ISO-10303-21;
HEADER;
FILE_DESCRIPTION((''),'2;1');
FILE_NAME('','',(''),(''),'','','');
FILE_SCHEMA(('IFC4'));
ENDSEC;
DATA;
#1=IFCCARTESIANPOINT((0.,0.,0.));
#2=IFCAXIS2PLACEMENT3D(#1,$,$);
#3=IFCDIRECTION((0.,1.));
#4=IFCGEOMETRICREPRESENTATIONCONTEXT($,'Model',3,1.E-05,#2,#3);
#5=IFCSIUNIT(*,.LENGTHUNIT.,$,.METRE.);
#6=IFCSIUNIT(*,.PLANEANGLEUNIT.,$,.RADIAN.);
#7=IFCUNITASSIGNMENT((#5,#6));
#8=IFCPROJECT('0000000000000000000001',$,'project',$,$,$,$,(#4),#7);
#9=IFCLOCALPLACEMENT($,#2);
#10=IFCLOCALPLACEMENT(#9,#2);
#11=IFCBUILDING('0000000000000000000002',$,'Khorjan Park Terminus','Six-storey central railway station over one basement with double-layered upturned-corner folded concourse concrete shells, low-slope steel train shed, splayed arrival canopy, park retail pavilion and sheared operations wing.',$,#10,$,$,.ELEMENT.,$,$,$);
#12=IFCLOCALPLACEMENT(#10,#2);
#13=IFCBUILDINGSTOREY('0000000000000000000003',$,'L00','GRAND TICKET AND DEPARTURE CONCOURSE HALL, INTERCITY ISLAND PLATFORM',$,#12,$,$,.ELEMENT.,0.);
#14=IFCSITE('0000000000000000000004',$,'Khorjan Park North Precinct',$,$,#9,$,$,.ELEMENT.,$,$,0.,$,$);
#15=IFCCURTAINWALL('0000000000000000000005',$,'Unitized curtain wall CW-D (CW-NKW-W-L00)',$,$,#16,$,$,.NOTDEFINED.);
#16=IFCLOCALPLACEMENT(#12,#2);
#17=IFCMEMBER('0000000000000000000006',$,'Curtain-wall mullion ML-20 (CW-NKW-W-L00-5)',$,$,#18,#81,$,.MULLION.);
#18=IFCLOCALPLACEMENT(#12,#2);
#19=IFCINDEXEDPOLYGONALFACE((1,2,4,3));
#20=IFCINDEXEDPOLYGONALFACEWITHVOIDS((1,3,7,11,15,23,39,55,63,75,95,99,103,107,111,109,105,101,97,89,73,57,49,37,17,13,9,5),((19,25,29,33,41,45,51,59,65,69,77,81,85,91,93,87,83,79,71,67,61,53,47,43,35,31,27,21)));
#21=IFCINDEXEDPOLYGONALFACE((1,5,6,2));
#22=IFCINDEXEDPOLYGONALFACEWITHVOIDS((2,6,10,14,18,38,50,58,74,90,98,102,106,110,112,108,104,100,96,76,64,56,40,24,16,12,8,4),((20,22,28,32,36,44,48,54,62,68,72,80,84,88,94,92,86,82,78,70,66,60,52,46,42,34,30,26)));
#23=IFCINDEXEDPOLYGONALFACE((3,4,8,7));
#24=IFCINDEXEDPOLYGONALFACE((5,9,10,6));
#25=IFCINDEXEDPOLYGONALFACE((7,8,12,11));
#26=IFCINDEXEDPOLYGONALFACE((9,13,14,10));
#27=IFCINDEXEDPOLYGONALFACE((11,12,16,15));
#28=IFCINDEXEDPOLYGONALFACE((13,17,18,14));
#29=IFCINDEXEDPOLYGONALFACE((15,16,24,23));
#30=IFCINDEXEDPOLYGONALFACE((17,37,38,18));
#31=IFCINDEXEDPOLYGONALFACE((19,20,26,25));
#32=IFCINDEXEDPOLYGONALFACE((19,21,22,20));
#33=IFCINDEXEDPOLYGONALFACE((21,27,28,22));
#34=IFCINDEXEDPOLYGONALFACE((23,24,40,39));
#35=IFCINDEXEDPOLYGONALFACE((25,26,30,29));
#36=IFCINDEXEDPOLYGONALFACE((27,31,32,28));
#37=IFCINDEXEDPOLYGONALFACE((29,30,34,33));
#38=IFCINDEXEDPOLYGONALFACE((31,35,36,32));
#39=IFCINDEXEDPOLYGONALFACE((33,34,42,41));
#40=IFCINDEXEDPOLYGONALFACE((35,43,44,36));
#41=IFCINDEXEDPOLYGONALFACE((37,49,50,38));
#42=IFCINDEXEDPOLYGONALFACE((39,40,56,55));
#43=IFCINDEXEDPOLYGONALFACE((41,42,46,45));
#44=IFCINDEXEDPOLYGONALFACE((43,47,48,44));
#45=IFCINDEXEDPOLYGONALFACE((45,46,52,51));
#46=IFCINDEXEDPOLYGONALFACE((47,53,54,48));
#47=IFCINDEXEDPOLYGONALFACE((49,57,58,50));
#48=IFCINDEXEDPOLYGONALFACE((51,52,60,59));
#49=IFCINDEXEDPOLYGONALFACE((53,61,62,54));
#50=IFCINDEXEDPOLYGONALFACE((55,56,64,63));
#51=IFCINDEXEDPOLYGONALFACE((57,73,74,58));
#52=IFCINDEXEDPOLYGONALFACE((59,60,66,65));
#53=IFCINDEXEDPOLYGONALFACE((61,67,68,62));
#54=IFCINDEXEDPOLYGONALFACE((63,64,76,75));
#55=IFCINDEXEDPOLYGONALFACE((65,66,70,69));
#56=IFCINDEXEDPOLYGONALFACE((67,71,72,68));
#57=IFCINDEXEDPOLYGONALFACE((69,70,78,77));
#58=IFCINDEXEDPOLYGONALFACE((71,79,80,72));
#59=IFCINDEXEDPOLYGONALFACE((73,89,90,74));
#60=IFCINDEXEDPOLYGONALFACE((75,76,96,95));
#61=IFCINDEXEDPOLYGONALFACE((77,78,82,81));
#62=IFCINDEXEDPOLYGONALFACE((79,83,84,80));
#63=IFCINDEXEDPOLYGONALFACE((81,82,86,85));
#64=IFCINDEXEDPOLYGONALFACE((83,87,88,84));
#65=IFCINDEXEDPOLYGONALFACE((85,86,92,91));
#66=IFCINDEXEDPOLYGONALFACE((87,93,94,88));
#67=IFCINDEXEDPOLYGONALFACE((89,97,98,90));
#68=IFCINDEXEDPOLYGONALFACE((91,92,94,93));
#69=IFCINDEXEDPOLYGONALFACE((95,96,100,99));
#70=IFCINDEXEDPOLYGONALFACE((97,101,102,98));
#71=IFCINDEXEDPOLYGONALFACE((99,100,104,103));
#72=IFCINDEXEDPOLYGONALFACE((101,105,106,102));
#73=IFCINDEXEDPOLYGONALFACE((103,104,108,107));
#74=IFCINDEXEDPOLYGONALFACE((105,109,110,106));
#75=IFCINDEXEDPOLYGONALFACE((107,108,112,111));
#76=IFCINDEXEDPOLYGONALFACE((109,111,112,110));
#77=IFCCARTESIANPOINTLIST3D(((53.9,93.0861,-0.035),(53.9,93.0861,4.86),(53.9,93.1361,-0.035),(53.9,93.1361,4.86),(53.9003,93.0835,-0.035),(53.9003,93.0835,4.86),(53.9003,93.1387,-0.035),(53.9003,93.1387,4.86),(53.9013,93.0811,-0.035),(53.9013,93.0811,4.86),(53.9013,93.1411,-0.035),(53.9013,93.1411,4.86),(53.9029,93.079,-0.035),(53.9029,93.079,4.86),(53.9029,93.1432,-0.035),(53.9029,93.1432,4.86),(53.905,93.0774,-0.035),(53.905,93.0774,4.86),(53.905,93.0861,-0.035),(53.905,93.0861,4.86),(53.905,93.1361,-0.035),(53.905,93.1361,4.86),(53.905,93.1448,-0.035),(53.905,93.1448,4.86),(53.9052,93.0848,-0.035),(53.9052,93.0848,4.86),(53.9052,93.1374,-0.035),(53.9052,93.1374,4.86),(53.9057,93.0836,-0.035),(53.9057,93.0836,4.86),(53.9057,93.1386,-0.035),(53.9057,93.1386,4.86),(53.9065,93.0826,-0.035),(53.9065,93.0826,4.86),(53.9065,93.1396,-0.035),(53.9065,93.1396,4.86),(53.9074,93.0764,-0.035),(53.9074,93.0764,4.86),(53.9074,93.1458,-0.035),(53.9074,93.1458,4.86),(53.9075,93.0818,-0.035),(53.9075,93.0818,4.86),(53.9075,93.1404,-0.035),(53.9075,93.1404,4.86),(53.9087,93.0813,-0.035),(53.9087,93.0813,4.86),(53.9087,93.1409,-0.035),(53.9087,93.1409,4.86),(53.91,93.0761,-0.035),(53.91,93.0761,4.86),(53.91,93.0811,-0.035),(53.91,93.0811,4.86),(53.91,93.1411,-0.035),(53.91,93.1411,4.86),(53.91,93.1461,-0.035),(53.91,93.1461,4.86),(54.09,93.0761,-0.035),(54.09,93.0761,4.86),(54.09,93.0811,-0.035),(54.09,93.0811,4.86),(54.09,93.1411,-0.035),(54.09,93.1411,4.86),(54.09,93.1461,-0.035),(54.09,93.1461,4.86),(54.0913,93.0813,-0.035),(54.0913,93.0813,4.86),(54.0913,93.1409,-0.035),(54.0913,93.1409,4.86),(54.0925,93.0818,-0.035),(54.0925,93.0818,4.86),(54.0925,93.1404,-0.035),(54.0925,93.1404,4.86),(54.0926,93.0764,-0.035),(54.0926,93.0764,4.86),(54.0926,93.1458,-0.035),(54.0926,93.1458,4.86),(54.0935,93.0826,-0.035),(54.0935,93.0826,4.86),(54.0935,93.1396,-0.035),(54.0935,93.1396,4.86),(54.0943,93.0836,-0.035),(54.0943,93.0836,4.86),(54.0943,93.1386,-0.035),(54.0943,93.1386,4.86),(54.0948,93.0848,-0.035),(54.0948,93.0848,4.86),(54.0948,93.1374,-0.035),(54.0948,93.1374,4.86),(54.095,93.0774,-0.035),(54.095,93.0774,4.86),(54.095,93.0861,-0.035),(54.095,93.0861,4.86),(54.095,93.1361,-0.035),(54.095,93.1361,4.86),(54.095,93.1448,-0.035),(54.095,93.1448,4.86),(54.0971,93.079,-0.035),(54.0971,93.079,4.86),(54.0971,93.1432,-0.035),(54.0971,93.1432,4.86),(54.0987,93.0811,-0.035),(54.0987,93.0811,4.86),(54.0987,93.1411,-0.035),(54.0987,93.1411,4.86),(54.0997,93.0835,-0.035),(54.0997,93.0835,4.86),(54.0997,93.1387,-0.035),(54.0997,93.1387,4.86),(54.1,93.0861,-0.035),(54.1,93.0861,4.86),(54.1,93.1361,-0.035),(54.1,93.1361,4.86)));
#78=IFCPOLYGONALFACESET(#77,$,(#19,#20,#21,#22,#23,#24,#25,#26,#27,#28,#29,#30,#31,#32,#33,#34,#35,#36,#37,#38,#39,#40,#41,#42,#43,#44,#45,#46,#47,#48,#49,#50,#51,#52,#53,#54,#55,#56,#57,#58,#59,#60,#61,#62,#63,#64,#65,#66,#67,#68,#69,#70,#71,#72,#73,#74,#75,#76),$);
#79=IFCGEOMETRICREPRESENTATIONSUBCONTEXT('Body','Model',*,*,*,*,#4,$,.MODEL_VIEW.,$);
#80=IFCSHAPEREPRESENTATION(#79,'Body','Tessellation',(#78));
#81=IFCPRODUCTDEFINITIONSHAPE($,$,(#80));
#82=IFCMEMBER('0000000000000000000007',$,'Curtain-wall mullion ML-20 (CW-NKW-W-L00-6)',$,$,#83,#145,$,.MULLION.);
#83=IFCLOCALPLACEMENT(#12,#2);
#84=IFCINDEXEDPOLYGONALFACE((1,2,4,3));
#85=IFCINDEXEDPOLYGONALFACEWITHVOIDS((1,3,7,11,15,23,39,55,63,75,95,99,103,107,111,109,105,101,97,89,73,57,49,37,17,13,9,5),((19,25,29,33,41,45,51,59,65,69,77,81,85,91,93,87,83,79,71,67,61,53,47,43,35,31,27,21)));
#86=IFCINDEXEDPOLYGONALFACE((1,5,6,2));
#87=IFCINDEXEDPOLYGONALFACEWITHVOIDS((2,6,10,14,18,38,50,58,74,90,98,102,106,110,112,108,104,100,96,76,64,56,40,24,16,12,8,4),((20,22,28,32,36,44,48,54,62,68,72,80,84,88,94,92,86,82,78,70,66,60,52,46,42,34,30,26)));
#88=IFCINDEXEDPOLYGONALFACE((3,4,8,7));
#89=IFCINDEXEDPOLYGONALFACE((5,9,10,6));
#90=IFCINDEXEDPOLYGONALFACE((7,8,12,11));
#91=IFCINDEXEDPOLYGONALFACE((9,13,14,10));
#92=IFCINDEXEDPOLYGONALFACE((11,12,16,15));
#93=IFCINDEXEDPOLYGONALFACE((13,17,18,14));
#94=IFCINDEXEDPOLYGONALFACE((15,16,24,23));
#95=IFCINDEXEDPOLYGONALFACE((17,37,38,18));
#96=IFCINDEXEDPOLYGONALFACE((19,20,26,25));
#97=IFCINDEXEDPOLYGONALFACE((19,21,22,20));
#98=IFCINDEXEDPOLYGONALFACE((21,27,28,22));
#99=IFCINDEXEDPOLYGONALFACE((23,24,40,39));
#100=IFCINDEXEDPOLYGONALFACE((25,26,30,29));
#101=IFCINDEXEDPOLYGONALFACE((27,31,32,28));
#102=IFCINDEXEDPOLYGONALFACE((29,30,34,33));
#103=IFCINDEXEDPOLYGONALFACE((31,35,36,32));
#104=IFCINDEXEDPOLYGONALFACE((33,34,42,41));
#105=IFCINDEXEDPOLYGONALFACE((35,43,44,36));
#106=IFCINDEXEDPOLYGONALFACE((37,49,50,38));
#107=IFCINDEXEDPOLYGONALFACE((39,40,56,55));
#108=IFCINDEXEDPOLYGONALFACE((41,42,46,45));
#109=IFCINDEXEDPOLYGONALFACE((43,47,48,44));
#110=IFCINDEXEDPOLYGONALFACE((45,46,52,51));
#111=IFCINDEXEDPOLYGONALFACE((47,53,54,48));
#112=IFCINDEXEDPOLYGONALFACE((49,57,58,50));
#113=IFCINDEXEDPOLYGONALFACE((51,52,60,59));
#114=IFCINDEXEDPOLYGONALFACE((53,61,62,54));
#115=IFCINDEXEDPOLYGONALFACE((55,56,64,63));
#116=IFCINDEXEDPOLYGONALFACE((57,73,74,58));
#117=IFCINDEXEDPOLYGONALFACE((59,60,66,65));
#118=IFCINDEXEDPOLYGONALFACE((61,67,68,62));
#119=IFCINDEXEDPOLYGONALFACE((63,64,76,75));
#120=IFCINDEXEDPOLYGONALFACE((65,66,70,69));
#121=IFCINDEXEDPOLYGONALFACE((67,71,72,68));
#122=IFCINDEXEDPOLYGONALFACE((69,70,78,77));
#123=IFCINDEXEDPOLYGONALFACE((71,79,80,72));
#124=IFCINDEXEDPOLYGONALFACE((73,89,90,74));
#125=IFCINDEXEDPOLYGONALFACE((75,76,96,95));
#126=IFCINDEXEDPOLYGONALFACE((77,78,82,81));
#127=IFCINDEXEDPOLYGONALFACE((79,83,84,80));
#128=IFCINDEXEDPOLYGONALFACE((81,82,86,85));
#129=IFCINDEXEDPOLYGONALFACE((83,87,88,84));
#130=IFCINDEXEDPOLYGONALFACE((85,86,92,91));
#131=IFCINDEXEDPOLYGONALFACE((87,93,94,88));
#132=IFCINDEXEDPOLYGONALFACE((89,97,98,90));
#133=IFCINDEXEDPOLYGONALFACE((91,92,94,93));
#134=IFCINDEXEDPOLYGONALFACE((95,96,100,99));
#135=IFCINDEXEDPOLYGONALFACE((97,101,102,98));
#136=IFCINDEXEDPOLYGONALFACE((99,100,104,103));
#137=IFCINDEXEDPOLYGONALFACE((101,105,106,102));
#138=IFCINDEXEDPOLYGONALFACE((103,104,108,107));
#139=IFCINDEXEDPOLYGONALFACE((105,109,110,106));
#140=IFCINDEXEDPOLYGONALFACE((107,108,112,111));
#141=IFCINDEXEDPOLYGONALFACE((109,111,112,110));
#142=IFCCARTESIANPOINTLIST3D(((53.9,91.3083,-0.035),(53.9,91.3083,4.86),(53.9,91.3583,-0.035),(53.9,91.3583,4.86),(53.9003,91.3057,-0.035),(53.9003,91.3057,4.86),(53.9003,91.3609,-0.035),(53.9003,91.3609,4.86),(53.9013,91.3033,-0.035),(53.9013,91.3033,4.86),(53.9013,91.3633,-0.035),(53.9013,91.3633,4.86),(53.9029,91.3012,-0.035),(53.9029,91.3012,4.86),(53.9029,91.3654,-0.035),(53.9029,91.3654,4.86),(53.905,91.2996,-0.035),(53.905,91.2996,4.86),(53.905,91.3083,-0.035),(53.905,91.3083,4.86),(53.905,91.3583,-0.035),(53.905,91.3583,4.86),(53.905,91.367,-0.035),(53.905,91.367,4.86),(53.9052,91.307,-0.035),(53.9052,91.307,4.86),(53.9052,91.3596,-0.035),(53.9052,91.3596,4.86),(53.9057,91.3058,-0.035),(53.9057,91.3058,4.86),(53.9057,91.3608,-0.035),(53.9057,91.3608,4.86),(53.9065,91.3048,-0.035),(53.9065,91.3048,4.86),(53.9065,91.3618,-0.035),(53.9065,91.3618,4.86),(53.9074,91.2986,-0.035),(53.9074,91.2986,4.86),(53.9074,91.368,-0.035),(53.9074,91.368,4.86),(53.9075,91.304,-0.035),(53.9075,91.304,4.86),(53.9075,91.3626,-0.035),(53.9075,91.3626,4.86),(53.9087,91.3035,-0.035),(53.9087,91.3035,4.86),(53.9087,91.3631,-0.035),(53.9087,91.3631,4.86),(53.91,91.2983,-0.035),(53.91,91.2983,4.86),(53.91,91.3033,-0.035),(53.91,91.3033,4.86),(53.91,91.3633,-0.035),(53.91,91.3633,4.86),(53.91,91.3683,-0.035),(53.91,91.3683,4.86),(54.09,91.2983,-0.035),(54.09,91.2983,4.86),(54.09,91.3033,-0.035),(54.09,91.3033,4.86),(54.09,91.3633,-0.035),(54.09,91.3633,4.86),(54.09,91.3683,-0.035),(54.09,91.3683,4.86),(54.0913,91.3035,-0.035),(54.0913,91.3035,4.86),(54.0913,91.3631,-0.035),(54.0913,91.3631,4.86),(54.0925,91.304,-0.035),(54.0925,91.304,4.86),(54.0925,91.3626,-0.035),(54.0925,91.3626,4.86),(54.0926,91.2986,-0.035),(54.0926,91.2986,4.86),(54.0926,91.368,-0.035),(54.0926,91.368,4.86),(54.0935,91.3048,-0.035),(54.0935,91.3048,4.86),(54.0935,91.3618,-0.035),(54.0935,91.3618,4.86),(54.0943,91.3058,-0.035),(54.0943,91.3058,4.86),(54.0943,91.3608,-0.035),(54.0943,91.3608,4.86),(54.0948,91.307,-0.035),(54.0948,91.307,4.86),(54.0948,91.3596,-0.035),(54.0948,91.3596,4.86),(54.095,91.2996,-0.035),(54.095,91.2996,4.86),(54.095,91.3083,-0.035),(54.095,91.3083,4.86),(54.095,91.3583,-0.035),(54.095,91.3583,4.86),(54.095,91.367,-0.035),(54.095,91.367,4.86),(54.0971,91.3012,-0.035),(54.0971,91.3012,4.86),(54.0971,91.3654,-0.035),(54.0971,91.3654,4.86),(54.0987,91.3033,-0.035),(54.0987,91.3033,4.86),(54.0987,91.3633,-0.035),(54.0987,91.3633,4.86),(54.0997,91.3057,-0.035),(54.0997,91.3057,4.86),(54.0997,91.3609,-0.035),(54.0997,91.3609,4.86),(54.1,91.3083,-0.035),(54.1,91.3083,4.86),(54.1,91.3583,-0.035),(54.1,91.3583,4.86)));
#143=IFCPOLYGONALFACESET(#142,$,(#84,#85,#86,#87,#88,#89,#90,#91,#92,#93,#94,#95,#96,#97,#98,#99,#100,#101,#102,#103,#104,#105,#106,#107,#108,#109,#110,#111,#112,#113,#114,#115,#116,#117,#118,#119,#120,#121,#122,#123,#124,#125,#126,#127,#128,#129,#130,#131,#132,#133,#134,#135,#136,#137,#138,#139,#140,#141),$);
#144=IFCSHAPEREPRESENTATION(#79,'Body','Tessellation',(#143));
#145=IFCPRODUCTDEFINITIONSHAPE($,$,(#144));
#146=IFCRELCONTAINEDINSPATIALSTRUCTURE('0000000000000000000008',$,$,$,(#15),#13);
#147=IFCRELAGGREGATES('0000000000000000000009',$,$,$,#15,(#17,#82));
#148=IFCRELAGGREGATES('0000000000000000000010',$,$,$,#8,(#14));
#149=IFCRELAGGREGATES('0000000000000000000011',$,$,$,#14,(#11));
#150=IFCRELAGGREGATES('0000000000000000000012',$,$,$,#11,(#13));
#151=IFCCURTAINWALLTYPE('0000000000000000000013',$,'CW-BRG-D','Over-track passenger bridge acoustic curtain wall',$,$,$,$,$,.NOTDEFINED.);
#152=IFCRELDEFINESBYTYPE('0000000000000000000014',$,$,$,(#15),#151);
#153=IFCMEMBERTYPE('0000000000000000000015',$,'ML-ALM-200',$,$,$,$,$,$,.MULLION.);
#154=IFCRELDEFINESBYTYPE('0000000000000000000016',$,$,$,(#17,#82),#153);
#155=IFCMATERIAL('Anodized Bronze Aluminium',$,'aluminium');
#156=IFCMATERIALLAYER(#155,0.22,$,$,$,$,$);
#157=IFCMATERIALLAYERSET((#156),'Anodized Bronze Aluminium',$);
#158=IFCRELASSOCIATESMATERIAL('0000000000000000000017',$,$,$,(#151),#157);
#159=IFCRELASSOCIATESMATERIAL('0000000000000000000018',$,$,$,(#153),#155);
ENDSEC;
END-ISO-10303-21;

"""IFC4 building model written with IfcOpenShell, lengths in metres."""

from ifc_helpers import new_model, si_unit, direction, frame, origin, origin_2d, place, context, subcontext, project, spatial, hollow_rectangle, extrude, material, layer, layer_set, material_profile, profile_set, type_object, element, aggregate, save


model = new_model("IFC4")

# Units and contexts
model_context = context("Model", 3, precision=1e-05, world=origin(), true_north=direction((0.0, 1.0)))
body_context = subcontext(model_context, "Body", "Model", "MODEL_VIEW")
ifc_project = project(units=[si_unit("LENGTHUNIT", "METRE"), si_unit("PLANEANGLEUNIT", "RADIAN")], contexts=[model_context])

# Site, building, storey
site_placement = place(None, origin())
site = spatial("IfcSite", under=ifc_project, at=site_placement, Name="Khorjan Park North Precinct", CompositionType="ELEMENT", RefElevation=0.0)
building_placement = place(site_placement, origin())
building = spatial("IfcBuilding", under=site, at=building_placement, Name="Khorjan Park Terminus", Description="Six-storey central railway station over one basement with double-layered upturned-corner folded concourse concrete shells, low-slope steel train shed, splayed arrival canopy, park retail pavilion and sheared operations wing.", CompositionType="ELEMENT")
storey_placement = place(building_placement, origin())
storey = spatial("IfcBuildingStorey", under=building, at=storey_placement, Name="L00", Description="GRAND TICKET AND DEPARTURE CONCOURSE HALL, INTERCITY ISLAND PLATFORM", CompositionType="ELEMENT", Elevation=0.0)

# Curtain wall, members
ifc_material_1 = material(Name="Anodized Bronze Aluminium", Category="aluminium")
ifc_layer_1 = layer(ifc_material_1, 0.22)
ifc_layer_set_1 = layer_set([ifc_layer_1], Name="Anodized Bronze Aluminium")
curtain_wall_type = type_object("IfcCurtainWallType", Name="CW-BRG-D", Description="Over-track passenger bridge acoustic curtain wall", PredefinedType="NOTDEFINED", material=ifc_layer_set_1)
curtain_wall_placement = place(storey_placement, origin())
curtain_wall = element("IfcCurtainWall", 1, at=curtain_wall_placement, inside=storey, type_object=curtain_wall_type, Name="Unitized curtain wall CW-D (CW-NKW-W-L00)", PredefinedType="NOTDEFINED")
ifc_material_profile_1 = material_profile(ifc_material_1, hollow_rectangle(XDim=0.07, YDim=0.2, WallThickness=0.005, InnerFilletRadius=0.005, OuterFilletRadius=0.01, at=origin_2d()), Name="ALM 70x200x5")
ifc_profile_set_1 = profile_set([ifc_material_profile_1], Name="Anodized Bronze Aluminium")
member_type_1 = type_object("IfcMemberType", Name="ML-ALM-200", PredefinedType="MULLION", material=ifc_profile_set_1)
member_1_placement = place(storey_placement, frame((54.0, 93.1111, -0.035), z_axis=(0.0, 0.0, 1.0), x_axis=(0.0, -1.0, 0.0)))
member_1 = element("IfcMember", 2, at=member_1_placement, type_object=member_type_1, Name="Curtain-wall mullion ML-20 (CW-NKW-W-L00-5)", PredefinedType="MULLION", context=body_context, shape_type="SweptSolid", body=[
    extrude(hollow_rectangle(XDim=0.07, YDim=0.2, WallThickness=0.005, InnerFilletRadius=0.005, OuterFilletRadius=0.01, at=origin_2d()), origin(), (0.0, 0.0, 1.0), 4.895),
])
member_2_placement = place(storey_placement, frame((54.0, 91.3333, -0.035), z_axis=(0.0, 0.0, 1.0), x_axis=(0.0, -1.0, 0.0)))
member_2 = element("IfcMember", 3, at=member_2_placement, type_object=member_type_1, Name="Curtain-wall mullion ML-20 (CW-NKW-W-L00-6)", PredefinedType="MULLION", context=body_context, shape_type="SweptSolid", body=[
    extrude(hollow_rectangle(XDim=0.07, YDim=0.2, WallThickness=0.005, InnerFilletRadius=0.005, OuterFilletRadius=0.01, at=origin_2d()), origin(), (0.0, 0.0, 1.0), 4.895),
])
aggregate(curtain_wall, [member_1, member_2])

save(model, "model.ifc")
